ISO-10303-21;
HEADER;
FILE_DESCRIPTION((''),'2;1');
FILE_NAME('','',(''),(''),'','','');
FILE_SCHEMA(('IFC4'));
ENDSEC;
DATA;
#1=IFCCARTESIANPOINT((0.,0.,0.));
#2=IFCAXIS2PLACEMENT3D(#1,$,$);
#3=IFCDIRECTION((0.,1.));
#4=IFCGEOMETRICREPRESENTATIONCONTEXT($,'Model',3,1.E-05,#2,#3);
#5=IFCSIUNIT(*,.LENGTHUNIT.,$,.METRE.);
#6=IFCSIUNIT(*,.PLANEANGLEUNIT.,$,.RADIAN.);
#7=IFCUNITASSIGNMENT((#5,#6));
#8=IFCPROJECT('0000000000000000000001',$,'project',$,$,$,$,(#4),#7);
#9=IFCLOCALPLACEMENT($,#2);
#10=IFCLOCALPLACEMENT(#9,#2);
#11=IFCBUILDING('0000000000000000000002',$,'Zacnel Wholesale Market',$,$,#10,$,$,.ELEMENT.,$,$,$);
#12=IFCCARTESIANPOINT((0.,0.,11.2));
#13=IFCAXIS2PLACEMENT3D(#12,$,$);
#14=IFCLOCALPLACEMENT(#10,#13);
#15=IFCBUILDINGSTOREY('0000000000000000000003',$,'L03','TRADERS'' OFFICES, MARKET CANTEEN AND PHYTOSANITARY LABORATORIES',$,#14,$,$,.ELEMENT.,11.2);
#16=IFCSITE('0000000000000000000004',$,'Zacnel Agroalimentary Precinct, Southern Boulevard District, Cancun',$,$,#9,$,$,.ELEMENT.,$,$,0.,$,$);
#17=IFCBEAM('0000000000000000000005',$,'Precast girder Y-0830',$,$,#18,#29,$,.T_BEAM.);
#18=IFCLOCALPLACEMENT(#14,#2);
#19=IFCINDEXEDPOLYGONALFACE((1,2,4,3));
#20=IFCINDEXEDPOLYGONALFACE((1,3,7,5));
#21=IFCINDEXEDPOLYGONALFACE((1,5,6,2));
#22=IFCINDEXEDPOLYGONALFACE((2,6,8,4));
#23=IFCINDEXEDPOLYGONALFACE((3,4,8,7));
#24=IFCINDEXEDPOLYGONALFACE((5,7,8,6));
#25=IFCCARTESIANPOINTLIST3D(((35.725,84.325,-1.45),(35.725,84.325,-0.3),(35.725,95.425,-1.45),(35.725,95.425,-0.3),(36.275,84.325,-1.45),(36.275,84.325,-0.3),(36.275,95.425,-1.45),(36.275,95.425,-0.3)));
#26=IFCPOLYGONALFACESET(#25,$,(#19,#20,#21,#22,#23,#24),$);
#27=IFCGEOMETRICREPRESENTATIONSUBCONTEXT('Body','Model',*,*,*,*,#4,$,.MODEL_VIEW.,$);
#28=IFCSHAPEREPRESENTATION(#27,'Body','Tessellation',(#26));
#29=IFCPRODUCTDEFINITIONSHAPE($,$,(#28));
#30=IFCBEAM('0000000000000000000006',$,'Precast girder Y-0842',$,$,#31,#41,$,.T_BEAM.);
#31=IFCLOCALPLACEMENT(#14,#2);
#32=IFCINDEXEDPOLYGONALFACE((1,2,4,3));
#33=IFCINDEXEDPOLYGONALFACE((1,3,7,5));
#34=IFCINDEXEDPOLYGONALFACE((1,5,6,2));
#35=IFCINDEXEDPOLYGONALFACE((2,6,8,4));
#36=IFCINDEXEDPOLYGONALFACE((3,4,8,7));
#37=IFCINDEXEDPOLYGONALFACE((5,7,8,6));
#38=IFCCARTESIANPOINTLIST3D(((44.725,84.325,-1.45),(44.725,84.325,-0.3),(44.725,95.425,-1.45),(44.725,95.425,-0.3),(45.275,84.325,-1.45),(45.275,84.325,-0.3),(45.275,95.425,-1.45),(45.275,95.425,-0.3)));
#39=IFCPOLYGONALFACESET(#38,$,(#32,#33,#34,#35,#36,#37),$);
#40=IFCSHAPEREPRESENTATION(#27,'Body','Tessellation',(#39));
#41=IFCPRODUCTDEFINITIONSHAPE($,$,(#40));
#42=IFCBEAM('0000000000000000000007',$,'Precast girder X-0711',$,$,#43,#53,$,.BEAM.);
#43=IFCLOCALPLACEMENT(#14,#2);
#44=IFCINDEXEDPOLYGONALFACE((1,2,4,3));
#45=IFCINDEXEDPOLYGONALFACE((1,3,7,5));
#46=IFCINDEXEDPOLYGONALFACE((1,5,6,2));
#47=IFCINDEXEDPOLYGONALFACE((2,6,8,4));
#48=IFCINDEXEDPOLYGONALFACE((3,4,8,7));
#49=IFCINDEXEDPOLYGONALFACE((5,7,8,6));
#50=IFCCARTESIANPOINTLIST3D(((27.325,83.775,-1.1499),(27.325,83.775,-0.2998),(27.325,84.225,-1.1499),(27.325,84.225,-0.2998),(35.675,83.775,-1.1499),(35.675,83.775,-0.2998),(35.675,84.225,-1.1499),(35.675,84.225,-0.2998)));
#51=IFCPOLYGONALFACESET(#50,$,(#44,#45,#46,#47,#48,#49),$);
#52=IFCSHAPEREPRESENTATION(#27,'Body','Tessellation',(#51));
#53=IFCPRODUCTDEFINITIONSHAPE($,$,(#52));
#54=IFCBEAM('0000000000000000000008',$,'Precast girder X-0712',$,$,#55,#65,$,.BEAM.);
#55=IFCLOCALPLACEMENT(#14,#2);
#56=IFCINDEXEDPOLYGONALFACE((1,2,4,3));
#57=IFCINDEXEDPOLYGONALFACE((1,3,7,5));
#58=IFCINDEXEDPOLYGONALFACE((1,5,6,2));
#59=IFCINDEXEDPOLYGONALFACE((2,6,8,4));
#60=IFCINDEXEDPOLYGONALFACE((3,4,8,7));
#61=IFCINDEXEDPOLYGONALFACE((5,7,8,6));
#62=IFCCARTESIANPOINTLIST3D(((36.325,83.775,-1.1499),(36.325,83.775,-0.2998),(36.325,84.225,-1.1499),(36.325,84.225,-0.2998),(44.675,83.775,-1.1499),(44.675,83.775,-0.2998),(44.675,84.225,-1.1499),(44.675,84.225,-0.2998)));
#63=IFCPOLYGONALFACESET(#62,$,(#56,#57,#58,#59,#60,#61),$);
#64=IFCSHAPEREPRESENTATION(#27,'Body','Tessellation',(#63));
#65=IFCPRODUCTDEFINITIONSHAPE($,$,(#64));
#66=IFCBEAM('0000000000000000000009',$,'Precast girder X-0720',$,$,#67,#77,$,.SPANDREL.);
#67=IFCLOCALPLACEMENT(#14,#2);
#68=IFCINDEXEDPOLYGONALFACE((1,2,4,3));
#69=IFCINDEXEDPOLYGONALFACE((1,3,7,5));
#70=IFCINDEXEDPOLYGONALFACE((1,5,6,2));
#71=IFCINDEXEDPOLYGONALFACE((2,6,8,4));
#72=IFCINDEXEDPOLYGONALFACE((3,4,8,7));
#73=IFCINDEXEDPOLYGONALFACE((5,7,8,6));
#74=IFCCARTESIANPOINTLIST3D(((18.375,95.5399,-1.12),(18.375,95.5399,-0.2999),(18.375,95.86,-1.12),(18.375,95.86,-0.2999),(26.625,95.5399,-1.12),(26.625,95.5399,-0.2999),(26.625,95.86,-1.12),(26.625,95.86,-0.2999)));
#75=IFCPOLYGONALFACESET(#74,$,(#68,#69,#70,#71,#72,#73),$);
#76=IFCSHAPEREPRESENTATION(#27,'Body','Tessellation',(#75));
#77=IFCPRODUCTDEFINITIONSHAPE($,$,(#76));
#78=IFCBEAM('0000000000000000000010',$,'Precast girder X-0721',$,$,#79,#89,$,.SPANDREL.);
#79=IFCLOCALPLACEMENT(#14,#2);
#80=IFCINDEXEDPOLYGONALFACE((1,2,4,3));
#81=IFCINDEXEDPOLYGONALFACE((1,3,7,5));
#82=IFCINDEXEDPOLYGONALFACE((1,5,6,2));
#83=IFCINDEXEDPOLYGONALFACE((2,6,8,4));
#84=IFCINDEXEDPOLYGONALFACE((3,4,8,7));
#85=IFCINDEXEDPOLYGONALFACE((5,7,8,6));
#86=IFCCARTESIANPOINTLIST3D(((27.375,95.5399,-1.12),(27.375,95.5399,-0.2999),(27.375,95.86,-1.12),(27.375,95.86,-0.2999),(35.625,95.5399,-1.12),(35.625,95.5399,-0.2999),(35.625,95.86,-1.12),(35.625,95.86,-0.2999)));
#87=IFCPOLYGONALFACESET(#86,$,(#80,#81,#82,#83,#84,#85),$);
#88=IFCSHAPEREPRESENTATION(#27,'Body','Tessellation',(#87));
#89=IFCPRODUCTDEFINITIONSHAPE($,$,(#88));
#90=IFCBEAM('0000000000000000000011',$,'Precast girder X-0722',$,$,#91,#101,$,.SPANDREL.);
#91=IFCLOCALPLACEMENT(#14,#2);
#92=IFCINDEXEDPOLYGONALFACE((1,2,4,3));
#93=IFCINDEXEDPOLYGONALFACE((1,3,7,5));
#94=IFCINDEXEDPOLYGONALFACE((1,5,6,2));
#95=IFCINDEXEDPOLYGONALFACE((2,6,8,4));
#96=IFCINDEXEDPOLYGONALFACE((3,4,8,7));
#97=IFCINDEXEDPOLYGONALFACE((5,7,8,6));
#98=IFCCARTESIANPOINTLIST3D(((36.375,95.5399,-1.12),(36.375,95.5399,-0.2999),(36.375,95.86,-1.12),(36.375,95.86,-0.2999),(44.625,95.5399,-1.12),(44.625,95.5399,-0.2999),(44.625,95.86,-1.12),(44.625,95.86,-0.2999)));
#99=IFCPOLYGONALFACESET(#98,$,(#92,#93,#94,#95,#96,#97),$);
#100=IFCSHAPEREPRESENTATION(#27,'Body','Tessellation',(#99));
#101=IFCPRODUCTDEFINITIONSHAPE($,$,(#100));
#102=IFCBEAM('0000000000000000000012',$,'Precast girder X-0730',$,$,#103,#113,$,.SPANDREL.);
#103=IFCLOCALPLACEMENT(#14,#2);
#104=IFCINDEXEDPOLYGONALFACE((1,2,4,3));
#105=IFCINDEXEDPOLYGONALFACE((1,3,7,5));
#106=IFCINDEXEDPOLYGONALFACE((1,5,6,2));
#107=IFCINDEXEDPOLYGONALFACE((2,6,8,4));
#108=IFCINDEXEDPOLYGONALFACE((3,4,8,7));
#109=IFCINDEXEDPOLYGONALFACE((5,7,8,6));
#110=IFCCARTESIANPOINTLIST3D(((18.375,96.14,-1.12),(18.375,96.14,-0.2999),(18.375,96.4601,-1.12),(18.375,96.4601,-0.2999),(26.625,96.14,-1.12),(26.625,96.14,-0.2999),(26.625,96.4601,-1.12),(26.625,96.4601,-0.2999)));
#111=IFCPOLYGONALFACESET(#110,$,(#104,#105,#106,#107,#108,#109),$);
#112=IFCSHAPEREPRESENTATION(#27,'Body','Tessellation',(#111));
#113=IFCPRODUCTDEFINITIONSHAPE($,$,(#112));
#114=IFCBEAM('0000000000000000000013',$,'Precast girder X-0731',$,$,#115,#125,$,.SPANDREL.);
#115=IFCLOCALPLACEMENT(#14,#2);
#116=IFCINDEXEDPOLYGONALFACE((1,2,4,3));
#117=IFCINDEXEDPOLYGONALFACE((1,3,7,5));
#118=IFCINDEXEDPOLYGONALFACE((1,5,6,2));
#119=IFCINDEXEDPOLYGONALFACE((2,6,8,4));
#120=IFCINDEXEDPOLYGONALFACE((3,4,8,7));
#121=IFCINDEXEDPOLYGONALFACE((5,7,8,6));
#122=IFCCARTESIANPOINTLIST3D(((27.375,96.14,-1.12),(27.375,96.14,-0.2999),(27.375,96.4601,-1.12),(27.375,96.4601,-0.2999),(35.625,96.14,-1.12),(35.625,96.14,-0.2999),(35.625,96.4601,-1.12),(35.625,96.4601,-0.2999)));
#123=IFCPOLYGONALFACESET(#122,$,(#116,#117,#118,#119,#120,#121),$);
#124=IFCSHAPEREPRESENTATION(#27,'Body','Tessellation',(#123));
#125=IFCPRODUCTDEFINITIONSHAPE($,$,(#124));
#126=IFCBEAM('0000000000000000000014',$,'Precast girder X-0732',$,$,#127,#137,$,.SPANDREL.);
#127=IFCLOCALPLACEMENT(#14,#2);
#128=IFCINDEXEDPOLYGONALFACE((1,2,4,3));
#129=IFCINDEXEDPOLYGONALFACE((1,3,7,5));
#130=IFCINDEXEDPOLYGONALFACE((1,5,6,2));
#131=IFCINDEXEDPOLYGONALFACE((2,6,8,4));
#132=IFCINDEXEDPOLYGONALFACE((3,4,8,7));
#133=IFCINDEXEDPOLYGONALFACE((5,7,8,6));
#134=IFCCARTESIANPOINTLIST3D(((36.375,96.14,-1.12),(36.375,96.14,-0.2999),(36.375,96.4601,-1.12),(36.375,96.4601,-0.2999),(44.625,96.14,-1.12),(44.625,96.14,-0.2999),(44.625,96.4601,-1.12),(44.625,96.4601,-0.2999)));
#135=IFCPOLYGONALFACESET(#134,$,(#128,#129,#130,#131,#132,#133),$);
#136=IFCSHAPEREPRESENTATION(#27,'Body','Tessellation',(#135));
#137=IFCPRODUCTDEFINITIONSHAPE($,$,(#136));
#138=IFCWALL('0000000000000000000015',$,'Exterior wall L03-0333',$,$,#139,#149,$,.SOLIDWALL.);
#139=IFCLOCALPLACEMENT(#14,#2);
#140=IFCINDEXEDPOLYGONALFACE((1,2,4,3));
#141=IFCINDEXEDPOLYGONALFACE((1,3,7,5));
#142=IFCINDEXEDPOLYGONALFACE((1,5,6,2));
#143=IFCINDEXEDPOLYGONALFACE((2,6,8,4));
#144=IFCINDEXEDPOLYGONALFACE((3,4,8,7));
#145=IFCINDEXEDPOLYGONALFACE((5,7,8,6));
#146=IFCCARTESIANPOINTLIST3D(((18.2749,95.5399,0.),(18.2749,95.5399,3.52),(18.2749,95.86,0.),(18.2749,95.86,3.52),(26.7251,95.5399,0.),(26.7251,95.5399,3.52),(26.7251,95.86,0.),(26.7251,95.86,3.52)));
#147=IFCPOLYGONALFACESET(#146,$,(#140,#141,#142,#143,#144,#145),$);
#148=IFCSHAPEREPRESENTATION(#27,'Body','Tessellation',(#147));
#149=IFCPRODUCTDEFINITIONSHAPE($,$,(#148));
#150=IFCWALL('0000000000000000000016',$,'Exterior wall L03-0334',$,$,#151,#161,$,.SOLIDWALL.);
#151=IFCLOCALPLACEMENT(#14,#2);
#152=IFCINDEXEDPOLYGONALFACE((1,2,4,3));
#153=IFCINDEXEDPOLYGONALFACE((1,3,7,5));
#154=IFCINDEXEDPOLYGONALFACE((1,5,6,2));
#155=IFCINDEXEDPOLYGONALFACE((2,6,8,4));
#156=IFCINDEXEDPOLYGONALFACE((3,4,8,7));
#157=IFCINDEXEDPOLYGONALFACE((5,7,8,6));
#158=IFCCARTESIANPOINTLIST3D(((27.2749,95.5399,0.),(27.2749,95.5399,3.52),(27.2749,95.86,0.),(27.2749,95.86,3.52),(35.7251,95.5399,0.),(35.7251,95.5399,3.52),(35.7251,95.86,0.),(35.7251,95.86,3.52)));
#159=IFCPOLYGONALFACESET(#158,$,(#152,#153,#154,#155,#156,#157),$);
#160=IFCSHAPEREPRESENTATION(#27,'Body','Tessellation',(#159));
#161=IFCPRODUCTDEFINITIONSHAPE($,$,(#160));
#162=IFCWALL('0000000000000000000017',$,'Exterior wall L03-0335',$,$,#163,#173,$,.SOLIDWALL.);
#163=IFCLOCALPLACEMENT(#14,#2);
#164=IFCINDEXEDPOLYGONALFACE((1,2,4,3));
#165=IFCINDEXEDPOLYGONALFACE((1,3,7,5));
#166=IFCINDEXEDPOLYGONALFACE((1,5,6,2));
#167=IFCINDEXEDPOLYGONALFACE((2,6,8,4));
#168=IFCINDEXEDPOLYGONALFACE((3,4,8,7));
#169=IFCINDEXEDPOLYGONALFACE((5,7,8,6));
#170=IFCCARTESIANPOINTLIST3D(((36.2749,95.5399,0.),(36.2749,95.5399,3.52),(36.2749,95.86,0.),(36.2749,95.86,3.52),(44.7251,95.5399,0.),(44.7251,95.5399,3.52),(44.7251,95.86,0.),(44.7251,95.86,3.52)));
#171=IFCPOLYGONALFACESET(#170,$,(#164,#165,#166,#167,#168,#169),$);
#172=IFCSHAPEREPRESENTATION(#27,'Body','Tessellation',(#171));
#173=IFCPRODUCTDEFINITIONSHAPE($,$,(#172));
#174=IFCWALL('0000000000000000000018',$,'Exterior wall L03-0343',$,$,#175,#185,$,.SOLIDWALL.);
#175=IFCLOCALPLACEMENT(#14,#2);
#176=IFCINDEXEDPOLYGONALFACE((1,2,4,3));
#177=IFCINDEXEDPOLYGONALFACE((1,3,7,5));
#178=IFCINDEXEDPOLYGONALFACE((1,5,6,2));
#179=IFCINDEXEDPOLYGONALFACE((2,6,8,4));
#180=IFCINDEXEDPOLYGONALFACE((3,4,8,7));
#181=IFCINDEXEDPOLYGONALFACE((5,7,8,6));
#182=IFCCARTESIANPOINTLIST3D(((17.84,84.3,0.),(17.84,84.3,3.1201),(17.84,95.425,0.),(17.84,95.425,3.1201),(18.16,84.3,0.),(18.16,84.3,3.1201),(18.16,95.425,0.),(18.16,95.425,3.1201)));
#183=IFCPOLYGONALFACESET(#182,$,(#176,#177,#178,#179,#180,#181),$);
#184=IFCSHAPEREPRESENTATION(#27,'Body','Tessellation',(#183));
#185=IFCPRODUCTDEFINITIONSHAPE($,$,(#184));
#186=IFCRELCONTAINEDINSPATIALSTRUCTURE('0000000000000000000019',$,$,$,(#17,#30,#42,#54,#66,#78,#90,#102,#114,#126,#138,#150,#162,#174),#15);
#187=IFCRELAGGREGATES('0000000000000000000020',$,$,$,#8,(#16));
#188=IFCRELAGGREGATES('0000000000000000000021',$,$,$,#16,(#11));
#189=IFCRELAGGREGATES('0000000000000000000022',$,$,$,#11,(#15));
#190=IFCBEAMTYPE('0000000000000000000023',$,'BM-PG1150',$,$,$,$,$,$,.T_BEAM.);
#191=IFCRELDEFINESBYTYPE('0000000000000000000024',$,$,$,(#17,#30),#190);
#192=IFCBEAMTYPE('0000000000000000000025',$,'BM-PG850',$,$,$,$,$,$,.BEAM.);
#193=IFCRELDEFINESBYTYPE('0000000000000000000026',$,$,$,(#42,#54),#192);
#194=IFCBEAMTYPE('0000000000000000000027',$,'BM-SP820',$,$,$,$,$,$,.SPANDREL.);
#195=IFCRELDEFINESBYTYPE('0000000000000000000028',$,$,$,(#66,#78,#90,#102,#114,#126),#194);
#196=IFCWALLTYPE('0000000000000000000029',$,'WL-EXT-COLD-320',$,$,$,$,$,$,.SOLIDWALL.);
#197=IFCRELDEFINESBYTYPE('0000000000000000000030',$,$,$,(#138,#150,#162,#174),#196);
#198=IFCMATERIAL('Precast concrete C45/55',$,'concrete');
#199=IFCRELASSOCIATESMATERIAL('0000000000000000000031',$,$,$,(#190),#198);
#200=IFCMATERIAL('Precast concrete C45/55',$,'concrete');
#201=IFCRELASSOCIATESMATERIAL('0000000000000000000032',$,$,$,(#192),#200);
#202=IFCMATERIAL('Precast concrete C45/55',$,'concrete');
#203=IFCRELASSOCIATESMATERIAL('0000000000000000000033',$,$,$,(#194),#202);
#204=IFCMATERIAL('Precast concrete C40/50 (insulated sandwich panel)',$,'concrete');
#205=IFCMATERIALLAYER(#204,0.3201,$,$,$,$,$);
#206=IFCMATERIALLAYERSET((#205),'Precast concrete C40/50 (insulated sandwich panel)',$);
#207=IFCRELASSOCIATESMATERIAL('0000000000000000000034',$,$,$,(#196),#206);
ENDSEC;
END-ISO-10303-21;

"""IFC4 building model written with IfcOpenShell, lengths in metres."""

from ifc_helpers import new_model, si_unit, direction, frame, frame_2d, origin, origin_2d, place, context, subcontext, project, spatial, rectangle, extrude, material, layer, layer_set, material_profile, profile_set, type_object, element, save


model = new_model("IFC4")

# Units and contexts
model_context = context("Model", 3, precision=1e-05, world=origin(), true_north=direction((0.0, 1.0)))
body_context = subcontext(model_context, "Body", "Model", "MODEL_VIEW")
ifc_project = project(units=[si_unit("LENGTHUNIT", "METRE"), si_unit("PLANEANGLEUNIT", "RADIAN")], contexts=[model_context])

# Site, building, storey
site_placement = place(None, origin())
site = spatial("IfcSite", under=ifc_project, at=site_placement, Name="Zacnel Agroalimentary Precinct, Southern Boulevard District, Cancun", CompositionType="ELEMENT", RefElevation=0.0)
building_placement = place(site_placement, origin())
building = spatial("IfcBuilding", under=site, at=building_placement, Name="Zacnel Wholesale Market", CompositionType="ELEMENT")
storey_placement = place(building_placement, frame((0.0, 0.0, 11.2)))
storey = spatial("IfcBuildingStorey", under=building, at=storey_placement, Name="L03", Description="TRADERS' OFFICES, MARKET CANTEEN AND PHYTOSANITARY LABORATORIES", CompositionType="ELEMENT", Elevation=11.2)

# Beams
ifc_material_1 = material(Name="Precast concrete C45/55", Category="concrete")
ifc_material_profile_1 = material_profile(ifc_material_1, rectangle(XDim=0.55, YDim=1.1499, at=origin_2d()), Name="PG 550x1150")
ifc_profile_set_1 = profile_set([ifc_material_profile_1], Name="Precast concrete C45/55")
beam_type_1 = type_object("IfcBeamType", Name="BM-PG1150", PredefinedType="T_BEAM", material=ifc_profile_set_1)
for number, where, z_axis, x_axis, name in (
    (1, (36.0, 84.325, -0.875), (0.0, 1.0, 0.0), (-1.0, 0.0, 0.0), "Precast girder Y-0830"),
    (2, (45.0, 84.325, -0.875), (0.0, 1.0, 0.0), (-1.0, 0.0, 0.0), "Precast girder Y-0842"),
):
    element("IfcBeam", number, at=place(storey_placement, frame(where, z_axis=z_axis, x_axis=x_axis)), inside=storey, type_object=beam_type_1, Name=name, PredefinedType="T_BEAM", context=body_context, shape_type="SweptSolid", body=[
        extrude(rectangle(XDim=0.55, YDim=1.1499, at=origin_2d()), origin(), (0.0, 0.0, 1.0), 11.1001),
    ])
ifc_material_2 = material(Name="Precast concrete C45/55", Category="concrete")
ifc_material_profile_2 = material_profile(ifc_material_2, rectangle(XDim=0.45, YDim=0.8501, at=origin_2d()), Name="PG 450x850")
ifc_profile_set_2 = profile_set([ifc_material_profile_2], Name="Precast concrete C45/55")
beam_type_2 = type_object("IfcBeamType", Name="BM-PG850", PredefinedType="BEAM", material=ifc_profile_set_2)
for number, where, z_axis, x_axis, name in (
    (3, (27.325, 84.0, -0.7249), (1.0, 0.0, 0.0), (0.0, 1.0, 0.0), "Precast girder X-0711"),
    (4, (36.325, 84.0, -0.7249), (1.0, 0.0, 0.0), (0.0, 1.0, 0.0), "Precast girder X-0712"),
):
    element("IfcBeam", number, at=place(storey_placement, frame(where, z_axis=z_axis, x_axis=x_axis)), inside=storey, type_object=beam_type_2, Name=name, PredefinedType="BEAM", context=body_context, shape_type="SweptSolid", body=[
        extrude(rectangle(XDim=0.45, YDim=0.8501, at=origin_2d()), origin(), (0.0, 0.0, 1.0), 8.3501),
    ])
ifc_material_3 = material(Name="Precast concrete C45/55", Category="concrete")
ifc_material_profile_3 = material_profile(ifc_material_3, rectangle(XDim=0.3201, YDim=0.8201, at=origin_2d()), Name="SP 320x820")
ifc_profile_set_3 = profile_set([ifc_material_profile_3], Name="Precast concrete C45/55")
beam_type_3 = type_object("IfcBeamType", Name="BM-SP820", PredefinedType="SPANDREL", material=ifc_profile_set_3)
for number, where, z_axis, x_axis, name in (
    (5, (18.375, 95.7, -0.71), (1.0, 0.0, 0.0), (0.0, 1.0, 0.0), "Precast girder X-0720"),
    (6, (27.375, 95.7, -0.71), (1.0, 0.0, 0.0), (0.0, 1.0, 0.0), "Precast girder X-0721"),
    (7, (36.375, 95.7, -0.71), (1.0, 0.0, 0.0), (0.0, 1.0, 0.0), "Precast girder X-0722"),
    (8, (18.375, 96.3, -0.71), (1.0, 0.0, 0.0), (0.0, 1.0, 0.0), "Precast girder X-0730"),
    (9, (27.375, 96.3, -0.71), (1.0, 0.0, 0.0), (0.0, 1.0, 0.0), "Precast girder X-0731"),
    (10, (36.375, 96.3, -0.71), (1.0, 0.0, 0.0), (0.0, 1.0, 0.0), "Precast girder X-0732"),
):
    element("IfcBeam", number, at=place(storey_placement, frame(where, z_axis=z_axis, x_axis=x_axis)), inside=storey, type_object=beam_type_3, Name=name, PredefinedType="SPANDREL", context=body_context, shape_type="SweptSolid", body=[
        extrude(rectangle(XDim=0.3201, YDim=0.8201, at=origin_2d()), origin(), (0.0, 0.0, 1.0), 8.25),
    ])

# Walls
ifc_material_4 = material(Name="Precast concrete C40/50 (insulated sandwich panel)", Category="concrete")
ifc_layer_1 = layer(ifc_material_4, 0.3201)
ifc_layer_set_1 = layer_set([ifc_layer_1], Name="Precast concrete C40/50 (insulated sandwich panel)")
wall_type = type_object("IfcWallType", Name="WL-EXT-COLD-320", PredefinedType="SOLIDWALL", material=ifc_layer_set_1)
for number, where, z_axis, x_axis, name in (
    (11, (18.2749, 95.7, 0.0), (0.0, 0.0, 1.0), (1.0, 0.0, 0.0), "Exterior wall L03-0333"),
    (12, (27.2749, 95.7, 0.0), (0.0, 0.0, 1.0), (1.0, 0.0, 0.0), "Exterior wall L03-0334"),
    (13, (36.2749, 95.7, 0.0), (0.0, 0.0, 1.0), (1.0, 0.0, 0.0), "Exterior wall L03-0335"),
):
    element("IfcWall", number, at=place(storey_placement, frame(where, z_axis=z_axis, x_axis=x_axis)), inside=storey, type_object=wall_type, Name=name, PredefinedType="SOLIDWALL", context=body_context, shape_type="SweptSolid", body=[
        extrude(rectangle(XDim=8.4502, YDim=0.3201, at=frame_2d((4.2251, 0.0))), origin(), (0.0, 0.0, 1.0), 3.52),
    ])
wall_1_placement = place(storey_placement, frame((18.0, 84.3, 0.0), z_axis=(0.0, 0.0, 1.0), x_axis=(0.0, 1.0, 0.0)))
element("IfcWall", 14, at=wall_1_placement, inside=storey, type_object=wall_type, Name="Exterior wall L03-0343", PredefinedType="SOLIDWALL", context=body_context, shape_type="SweptSolid", body=[
    extrude(rectangle(XDim=11.125, YDim=0.3201, at=frame_2d((5.5625, 0.0))), origin(), (0.0, 0.0, 1.0), 3.1201),
])

save(model, "model.ifc")
